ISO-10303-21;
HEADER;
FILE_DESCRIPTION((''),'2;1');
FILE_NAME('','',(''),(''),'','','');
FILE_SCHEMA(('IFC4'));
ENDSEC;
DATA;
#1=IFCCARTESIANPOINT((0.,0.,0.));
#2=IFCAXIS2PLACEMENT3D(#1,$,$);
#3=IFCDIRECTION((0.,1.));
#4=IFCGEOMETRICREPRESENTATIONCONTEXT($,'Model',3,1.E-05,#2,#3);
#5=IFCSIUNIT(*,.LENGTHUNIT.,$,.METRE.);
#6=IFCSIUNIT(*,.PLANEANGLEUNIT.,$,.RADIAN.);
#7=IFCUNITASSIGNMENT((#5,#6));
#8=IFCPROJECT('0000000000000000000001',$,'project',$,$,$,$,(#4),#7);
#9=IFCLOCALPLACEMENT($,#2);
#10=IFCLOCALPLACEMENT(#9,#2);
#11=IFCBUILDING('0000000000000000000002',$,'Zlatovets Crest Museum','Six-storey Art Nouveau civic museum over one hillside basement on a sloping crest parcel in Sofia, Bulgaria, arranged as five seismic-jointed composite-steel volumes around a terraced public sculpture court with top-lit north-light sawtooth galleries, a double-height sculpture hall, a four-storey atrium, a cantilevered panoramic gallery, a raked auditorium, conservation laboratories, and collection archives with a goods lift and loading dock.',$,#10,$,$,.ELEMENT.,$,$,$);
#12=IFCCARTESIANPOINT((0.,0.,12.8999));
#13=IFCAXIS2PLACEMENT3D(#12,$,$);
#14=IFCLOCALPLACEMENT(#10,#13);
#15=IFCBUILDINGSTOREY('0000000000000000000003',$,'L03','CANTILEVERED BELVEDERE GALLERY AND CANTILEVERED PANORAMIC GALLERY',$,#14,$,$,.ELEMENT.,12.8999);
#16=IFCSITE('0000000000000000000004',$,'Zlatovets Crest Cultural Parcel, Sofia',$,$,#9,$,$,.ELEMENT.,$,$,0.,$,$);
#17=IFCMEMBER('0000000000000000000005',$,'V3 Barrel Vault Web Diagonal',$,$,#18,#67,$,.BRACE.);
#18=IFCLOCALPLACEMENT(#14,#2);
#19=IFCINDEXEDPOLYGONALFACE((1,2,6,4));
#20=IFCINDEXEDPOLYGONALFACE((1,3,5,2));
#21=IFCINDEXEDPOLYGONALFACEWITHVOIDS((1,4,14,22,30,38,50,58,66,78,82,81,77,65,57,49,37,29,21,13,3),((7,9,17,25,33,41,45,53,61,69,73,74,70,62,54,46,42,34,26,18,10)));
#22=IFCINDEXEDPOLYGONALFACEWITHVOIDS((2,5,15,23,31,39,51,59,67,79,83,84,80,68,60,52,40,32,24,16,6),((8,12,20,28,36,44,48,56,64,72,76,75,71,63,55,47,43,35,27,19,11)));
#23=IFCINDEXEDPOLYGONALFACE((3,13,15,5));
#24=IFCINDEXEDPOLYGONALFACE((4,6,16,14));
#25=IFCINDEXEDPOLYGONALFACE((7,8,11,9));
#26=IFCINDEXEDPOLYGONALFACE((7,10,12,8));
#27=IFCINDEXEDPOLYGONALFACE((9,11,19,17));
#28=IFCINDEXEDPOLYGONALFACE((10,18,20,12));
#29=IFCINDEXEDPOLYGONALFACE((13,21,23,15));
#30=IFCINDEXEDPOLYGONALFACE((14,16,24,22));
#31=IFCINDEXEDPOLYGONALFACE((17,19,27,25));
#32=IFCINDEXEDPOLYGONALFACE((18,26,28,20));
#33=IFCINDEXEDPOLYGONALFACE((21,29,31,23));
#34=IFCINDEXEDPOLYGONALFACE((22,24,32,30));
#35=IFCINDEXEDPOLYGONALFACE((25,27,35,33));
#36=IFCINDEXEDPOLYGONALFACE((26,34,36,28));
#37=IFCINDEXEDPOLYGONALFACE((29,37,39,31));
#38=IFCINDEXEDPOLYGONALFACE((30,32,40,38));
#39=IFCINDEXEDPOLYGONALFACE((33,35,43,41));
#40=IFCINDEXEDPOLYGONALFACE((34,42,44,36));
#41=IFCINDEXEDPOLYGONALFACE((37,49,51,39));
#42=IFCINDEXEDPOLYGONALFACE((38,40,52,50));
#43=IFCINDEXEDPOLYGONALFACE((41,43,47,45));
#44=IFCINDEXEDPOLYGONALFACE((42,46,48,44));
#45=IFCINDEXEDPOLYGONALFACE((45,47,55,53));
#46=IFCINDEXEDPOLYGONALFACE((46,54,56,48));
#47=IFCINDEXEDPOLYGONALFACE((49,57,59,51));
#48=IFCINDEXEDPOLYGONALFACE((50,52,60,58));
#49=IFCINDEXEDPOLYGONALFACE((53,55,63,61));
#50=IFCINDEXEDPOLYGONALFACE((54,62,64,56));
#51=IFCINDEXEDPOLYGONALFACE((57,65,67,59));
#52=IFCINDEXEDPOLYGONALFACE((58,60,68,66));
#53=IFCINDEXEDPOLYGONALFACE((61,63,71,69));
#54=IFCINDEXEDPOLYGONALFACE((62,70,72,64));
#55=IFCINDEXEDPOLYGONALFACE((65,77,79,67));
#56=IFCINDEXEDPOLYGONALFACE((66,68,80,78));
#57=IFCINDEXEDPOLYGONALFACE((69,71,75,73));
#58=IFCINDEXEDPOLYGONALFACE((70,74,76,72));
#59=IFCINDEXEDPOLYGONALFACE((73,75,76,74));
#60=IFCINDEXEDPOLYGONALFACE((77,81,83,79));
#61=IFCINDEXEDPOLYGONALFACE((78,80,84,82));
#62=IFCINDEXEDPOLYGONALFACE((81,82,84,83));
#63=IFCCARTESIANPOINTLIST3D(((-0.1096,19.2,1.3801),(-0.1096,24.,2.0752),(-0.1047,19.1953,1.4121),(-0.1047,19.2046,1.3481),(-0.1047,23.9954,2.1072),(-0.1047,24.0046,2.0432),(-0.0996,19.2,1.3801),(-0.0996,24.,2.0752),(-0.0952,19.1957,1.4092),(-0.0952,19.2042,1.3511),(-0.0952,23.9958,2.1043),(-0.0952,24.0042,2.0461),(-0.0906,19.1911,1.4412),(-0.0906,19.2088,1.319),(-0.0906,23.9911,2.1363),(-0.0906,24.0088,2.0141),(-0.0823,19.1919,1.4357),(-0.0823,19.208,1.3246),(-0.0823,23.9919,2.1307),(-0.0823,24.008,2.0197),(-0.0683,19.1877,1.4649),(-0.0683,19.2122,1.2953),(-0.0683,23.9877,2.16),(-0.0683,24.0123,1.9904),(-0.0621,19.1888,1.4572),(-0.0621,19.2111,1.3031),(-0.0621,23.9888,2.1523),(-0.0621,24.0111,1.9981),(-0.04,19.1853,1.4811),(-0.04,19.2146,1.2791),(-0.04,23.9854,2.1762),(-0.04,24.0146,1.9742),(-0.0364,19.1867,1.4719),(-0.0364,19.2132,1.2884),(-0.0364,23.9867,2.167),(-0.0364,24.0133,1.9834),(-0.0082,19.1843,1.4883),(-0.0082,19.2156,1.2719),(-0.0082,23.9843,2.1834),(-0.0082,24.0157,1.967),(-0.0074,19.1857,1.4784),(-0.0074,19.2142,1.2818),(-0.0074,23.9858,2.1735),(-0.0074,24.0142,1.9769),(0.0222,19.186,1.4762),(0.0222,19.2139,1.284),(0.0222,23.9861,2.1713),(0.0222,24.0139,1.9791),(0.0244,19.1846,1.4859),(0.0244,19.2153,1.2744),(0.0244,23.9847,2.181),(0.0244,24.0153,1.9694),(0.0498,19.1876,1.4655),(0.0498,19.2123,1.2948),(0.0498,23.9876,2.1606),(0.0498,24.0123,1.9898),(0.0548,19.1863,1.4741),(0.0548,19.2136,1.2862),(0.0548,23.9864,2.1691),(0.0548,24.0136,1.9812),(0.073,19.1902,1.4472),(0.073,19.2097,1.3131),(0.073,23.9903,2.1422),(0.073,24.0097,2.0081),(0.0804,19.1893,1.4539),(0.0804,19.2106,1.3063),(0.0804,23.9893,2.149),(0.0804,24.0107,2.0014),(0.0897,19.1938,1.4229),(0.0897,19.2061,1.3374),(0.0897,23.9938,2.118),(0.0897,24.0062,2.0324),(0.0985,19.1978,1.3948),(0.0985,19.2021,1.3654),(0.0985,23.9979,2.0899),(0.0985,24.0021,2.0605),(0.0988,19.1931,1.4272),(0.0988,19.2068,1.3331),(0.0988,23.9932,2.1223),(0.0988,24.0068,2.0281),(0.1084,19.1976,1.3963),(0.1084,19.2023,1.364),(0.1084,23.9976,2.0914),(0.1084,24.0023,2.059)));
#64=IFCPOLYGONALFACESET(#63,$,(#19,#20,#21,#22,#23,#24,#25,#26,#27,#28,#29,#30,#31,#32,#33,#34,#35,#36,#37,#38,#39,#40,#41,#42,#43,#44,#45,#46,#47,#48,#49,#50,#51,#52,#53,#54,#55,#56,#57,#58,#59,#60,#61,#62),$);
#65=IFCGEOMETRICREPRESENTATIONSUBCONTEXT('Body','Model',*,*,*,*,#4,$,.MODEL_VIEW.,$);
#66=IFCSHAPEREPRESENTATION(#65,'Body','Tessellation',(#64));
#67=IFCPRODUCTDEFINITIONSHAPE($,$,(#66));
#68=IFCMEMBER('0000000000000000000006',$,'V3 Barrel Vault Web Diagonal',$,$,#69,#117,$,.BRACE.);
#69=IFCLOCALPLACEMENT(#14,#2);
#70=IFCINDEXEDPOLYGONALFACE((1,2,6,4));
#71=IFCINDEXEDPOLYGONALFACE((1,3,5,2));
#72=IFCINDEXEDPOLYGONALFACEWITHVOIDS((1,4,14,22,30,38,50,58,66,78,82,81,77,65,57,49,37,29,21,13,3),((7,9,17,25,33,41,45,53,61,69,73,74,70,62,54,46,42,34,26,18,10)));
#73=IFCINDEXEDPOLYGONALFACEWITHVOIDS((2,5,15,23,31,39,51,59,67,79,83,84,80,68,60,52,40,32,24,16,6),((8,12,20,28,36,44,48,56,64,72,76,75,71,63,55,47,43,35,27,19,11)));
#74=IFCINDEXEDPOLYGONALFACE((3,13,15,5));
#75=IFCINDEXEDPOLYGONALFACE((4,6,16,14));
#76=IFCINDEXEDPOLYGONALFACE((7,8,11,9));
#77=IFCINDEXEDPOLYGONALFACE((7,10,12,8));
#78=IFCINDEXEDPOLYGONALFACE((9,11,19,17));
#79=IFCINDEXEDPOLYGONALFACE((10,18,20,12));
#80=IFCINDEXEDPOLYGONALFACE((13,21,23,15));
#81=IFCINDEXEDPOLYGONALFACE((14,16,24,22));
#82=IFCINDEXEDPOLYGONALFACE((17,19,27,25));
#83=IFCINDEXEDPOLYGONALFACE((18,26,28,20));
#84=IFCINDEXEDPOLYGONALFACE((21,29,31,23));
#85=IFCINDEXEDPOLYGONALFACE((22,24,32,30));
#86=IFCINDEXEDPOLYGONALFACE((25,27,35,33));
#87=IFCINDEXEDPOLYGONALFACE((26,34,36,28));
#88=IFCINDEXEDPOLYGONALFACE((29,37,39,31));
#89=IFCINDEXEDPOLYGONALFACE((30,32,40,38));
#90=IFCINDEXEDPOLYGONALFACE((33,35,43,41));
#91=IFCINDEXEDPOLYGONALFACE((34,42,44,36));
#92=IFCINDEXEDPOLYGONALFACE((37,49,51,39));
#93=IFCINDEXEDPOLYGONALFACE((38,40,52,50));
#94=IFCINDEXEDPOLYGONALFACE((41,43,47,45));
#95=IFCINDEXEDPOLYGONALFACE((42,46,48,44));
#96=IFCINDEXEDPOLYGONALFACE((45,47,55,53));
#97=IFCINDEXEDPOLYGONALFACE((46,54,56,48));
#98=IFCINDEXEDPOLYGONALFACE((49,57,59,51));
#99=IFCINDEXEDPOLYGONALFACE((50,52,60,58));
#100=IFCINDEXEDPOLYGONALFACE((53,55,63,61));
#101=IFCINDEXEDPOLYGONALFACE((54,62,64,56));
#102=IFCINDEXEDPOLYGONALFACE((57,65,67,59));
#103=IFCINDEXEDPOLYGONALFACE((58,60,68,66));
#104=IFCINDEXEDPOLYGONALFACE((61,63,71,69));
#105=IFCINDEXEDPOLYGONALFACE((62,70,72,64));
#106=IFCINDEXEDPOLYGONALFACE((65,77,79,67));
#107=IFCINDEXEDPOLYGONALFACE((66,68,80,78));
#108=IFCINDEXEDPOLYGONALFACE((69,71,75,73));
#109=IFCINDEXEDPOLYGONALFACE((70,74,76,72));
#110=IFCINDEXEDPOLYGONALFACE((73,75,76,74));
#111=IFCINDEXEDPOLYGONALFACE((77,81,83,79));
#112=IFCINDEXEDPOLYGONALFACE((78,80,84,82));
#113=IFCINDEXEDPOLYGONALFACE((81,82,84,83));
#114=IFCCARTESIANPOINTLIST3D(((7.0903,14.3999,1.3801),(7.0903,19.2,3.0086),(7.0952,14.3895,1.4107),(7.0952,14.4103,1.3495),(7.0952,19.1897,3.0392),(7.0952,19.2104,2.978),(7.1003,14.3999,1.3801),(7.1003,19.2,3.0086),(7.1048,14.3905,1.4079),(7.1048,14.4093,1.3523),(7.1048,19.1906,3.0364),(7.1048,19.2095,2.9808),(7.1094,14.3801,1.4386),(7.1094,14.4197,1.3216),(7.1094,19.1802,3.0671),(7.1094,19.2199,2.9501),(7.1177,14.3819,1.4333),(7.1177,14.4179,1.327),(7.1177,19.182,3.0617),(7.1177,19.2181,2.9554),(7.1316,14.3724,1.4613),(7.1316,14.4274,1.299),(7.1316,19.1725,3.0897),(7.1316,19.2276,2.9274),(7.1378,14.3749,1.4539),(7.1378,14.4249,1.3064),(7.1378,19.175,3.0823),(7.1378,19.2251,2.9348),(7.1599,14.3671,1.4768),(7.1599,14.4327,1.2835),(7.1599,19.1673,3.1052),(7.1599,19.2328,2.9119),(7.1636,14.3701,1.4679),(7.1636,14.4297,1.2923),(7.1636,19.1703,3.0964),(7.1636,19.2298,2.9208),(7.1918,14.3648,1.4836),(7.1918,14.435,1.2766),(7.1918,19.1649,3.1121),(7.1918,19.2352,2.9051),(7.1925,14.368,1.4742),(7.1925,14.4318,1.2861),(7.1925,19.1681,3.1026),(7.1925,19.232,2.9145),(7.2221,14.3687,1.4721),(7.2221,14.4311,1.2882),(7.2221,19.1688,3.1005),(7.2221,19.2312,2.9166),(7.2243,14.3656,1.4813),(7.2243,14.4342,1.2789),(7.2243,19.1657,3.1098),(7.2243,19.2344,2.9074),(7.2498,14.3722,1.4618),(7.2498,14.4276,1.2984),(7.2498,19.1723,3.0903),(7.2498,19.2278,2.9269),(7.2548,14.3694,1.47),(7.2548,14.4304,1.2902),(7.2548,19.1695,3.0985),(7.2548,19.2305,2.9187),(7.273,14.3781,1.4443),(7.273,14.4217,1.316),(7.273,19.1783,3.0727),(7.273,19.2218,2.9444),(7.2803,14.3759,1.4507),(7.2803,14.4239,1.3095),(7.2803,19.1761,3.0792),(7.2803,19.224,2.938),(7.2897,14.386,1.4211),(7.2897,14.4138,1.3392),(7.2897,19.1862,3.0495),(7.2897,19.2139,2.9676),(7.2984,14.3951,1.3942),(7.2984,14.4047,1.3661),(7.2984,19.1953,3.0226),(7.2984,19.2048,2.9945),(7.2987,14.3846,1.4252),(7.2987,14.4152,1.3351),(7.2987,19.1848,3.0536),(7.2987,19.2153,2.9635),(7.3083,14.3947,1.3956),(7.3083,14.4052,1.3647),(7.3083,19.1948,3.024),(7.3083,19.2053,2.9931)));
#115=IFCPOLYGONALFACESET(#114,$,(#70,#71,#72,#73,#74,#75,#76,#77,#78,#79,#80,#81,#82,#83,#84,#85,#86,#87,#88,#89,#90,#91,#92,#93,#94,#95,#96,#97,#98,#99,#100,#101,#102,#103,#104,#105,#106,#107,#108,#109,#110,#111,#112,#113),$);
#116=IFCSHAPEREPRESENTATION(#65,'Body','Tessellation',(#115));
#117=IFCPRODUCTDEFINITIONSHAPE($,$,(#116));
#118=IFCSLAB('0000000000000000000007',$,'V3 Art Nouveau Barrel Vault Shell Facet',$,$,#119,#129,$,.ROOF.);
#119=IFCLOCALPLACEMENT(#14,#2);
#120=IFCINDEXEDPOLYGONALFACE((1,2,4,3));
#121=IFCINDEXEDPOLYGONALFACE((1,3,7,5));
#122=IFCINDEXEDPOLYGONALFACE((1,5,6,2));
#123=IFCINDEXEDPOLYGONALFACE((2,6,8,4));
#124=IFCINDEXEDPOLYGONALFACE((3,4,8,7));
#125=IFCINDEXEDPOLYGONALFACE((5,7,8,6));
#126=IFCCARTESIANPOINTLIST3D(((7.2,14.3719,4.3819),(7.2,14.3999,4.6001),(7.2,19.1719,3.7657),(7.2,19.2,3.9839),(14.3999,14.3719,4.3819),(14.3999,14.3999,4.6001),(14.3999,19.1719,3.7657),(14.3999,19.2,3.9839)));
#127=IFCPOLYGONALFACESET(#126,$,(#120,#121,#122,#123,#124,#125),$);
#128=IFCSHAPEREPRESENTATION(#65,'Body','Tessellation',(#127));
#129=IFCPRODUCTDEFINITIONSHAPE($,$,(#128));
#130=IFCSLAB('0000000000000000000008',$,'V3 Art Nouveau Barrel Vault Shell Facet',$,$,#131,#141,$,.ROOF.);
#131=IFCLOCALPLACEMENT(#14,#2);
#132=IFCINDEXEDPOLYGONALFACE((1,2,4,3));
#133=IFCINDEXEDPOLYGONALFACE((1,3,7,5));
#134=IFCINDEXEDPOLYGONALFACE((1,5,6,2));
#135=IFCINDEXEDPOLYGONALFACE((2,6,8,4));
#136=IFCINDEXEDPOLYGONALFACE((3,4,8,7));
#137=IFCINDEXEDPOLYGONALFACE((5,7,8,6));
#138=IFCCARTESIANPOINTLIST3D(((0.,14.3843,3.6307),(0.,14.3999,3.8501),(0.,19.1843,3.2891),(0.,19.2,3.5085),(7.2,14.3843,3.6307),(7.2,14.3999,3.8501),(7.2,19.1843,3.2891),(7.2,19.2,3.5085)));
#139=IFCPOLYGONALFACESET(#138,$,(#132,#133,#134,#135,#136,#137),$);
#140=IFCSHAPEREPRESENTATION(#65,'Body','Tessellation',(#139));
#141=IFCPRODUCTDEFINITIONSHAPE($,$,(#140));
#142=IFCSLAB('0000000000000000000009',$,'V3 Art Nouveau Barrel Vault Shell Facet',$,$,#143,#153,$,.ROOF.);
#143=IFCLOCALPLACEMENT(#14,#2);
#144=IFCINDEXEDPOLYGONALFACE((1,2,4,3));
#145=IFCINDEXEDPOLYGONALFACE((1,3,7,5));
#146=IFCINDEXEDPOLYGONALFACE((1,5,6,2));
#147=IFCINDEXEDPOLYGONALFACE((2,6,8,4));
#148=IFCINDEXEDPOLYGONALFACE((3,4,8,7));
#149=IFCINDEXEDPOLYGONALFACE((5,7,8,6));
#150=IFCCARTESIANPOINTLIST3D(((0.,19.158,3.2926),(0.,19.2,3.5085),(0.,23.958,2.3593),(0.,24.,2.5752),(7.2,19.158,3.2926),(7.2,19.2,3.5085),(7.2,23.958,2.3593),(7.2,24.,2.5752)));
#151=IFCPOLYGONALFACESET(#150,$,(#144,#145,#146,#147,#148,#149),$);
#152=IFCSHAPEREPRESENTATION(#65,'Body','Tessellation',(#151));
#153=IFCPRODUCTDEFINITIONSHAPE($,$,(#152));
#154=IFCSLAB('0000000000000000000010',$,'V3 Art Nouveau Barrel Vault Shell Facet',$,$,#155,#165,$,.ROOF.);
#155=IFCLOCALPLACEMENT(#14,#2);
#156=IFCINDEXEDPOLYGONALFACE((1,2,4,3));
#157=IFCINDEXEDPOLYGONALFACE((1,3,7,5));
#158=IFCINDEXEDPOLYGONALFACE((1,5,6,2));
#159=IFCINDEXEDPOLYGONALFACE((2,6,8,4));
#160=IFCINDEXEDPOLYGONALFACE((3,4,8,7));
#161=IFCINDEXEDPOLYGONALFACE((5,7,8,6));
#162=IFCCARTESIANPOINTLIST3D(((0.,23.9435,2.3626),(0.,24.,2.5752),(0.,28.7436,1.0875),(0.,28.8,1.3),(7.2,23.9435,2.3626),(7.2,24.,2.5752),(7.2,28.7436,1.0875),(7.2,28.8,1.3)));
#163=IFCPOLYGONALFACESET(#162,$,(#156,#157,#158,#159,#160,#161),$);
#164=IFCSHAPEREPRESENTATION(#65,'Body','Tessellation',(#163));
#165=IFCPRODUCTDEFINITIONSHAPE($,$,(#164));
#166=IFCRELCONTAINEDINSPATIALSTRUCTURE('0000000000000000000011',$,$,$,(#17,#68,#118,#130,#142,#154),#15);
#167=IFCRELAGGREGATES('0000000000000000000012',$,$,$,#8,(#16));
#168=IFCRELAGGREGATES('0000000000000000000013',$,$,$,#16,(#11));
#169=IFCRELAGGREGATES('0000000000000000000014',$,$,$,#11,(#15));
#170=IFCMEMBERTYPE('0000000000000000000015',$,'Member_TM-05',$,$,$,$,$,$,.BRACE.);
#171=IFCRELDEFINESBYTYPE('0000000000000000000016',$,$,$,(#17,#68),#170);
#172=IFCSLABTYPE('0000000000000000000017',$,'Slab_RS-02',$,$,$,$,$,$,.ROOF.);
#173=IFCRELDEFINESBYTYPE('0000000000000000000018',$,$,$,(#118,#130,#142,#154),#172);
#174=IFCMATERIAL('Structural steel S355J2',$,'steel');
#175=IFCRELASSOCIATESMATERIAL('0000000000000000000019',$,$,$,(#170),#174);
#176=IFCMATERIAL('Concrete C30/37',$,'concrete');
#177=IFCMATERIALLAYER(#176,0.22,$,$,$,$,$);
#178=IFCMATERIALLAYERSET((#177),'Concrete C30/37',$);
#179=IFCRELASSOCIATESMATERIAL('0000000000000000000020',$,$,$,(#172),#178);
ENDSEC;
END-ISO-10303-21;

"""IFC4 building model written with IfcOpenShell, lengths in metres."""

from ifc_helpers import new_model, si_unit, direction, frame, origin, origin_2d, place, context, subcontext, project, spatial, polyline, hollow_circle, outline, extrude, material, layer, layer_set, material_profile, profile_set, type_object, element, save


model = new_model("IFC4")

# Units and contexts
model_context = context("Model", 3, precision=1e-05, world=origin(), true_north=direction((0.0, 1.0)))
body_context = subcontext(model_context, "Body", "Model", "MODEL_VIEW")
ifc_project = project(units=[si_unit("LENGTHUNIT", "METRE"), si_unit("PLANEANGLEUNIT", "RADIAN")], contexts=[model_context])

# Site, building, storey
site_placement = place(None, origin())
site = spatial("IfcSite", under=ifc_project, at=site_placement, Name="Zlatovets Crest Cultural Parcel, Sofia", CompositionType="ELEMENT", RefElevation=0.0)
building_placement = place(site_placement, origin())
building = spatial("IfcBuilding", under=site, at=building_placement, Name="Zlatovets Crest Museum", Description="Six-storey Art Nouveau civic museum over one hillside basement on a sloping crest parcel in Sofia, Bulgaria, arranged as five seismic-jointed composite-steel volumes around a terraced public sculpture court with top-lit north-light sawtooth galleries, a double-height sculpture hall, a four-storey atrium, a cantilevered panoramic gallery, a raked auditorium, conservation laboratories, and collection archives with a goods lift and loading dock.", CompositionType="ELEMENT")
storey_placement = place(building_placement, frame((0.0, 0.0, 12.8999)))
storey = spatial("IfcBuildingStorey", under=building, at=storey_placement, Name="L03", Description="CANTILEVERED BELVEDERE GALLERY AND CANTILEVERED PANORAMIC GALLERY", CompositionType="ELEMENT", Elevation=12.8999)

# Shared definitions
ifc_material_1 = material(Name="Structural steel S355J2", Category="steel")

# Members
ifc_material_profile_1 = material_profile(ifc_material_1, hollow_circle(Radius=0.1096, WallThickness=0.01, at=origin_2d()), Name="CHS 219.1x10.0")
ifc_profile_set_1 = profile_set([ifc_material_profile_1], Name="Structural steel S355J2")
member_type_1 = type_object("IfcMemberType", Name="Member_TM-05", PredefinedType="BRACE", material=ifc_profile_set_1)
member_1_placement = place(storey_placement, frame((0.0, 19.2, 1.3801), z_axis=(0.0, 0.989678, 0.14331), x_axis=(-1.0, 0.0, 0.0)))
element("IfcMember", 1, at=member_1_placement, inside=storey, type_object=member_type_1, Name="V3 Barrel Vault Web Diagonal", PredefinedType="BRACE", context=body_context, shape_type="SweptSolid", body=[
    extrude(hollow_circle(Radius=0.1096, WallThickness=0.01, at=origin_2d()), origin(), (0.0, 0.0, 1.0), 4.8501),
])
member_2_placement = place(storey_placement, frame((7.2, 14.3999, 1.3801), z_axis=(0.0, 0.946989, 0.321266), x_axis=(-1.0, 0.0, 0.0)))
element("IfcMember", 2, at=member_2_placement, inside=storey, type_object=member_type_1, Name="V3 Barrel Vault Web Diagonal", PredefinedType="BRACE", context=body_context, shape_type="SweptSolid", body=[
    extrude(hollow_circle(Radius=0.1096, WallThickness=0.01, at=origin_2d()), origin(), (0.0, 0.0, 1.0), 5.0688),
])

# Slabs
ifc_material_2 = material(Name="Concrete C30/37", Category="concrete")
ifc_layer = layer(ifc_material_2, 0.22)
ifc_layer_set = layer_set([ifc_layer], Name="Concrete C30/37")
slab_type = type_object("IfcSlabType", Name="Slab_RS-02", PredefinedType="ROOF", material=ifc_layer_set)
slab_1_placement = place(storey_placement, frame((7.2, 14.3999, 4.6001), z_axis=(0.0, 0.127331, 0.99186), x_axis=(1.0, 0.0, 0.0)))
element("IfcSlab", 3, at=slab_1_placement, inside=storey, type_object=slab_type, Name="V3 Art Nouveau Barrel Vault Shell Facet", PredefinedType="ROOF", context=body_context, shape_type="SweptSolid", body=[
    extrude(outline(polyline([(0.0, 0.0), (7.2, 0.0), (7.2, 4.8394), (0.0, 4.8394), (0.0, 0.0)])), origin(), (0.0, 0.0, -1.0), 0.22),
])
slab_2_placement = place(storey_placement, frame((0.0, 14.3999, 3.8501), z_axis=(0.0, 0.070977, 0.997478), x_axis=(1.0, 0.0, 0.0)))
element("IfcSlab", 4, at=slab_2_placement, inside=storey, type_object=slab_type, Name="V3 Art Nouveau Barrel Vault Shell Facet", PredefinedType="ROOF", context=body_context, shape_type="SweptSolid", body=[
    extrude(outline(polyline([(0.0, 0.0), (7.2, 0.0), (7.2, 4.8122), (0.0, 4.8122), (0.0, 0.0)])), origin(), (0.0, 0.0, -1.0), 0.22),
])
slab_3_placement = place(storey_placement, frame((0.0, 19.2, 3.5085), z_axis=(0.0, 0.190871, 0.981615), x_axis=(1.0, 0.0, 0.0)))
element("IfcSlab", 5, at=slab_3_placement, inside=storey, type_object=slab_type, Name="V3 Art Nouveau Barrel Vault Shell Facet", PredefinedType="ROOF", context=body_context, shape_type="SweptSolid", body=[
    extrude(outline(polyline([(0.0, 0.0), (7.2, 0.0), (7.2, 4.8899), (0.0, 4.8899), (0.0, 0.0)])), origin(), (0.0, 0.0, -1.0), 0.22),
])
slab_4_placement = place(storey_placement, frame((0.0, 24.0, 2.5752), z_axis=(0.0, 0.256748, 0.966478), x_axis=(1.0, 0.0, 0.0)))
element("IfcSlab", 6, at=slab_4_placement, inside=storey, type_object=slab_type, Name="V3 Art Nouveau Barrel Vault Shell Facet", PredefinedType="ROOF", context=body_context, shape_type="SweptSolid", body=[
    extrude(outline(polyline([(0.0, 0.0), (7.2, 0.0), (7.2, 4.9665), (0.0, 4.9665), (0.0, 0.0)])), origin(), (0.0, 0.0, -1.0), 0.22),
])

save(model, "model.ifc")
